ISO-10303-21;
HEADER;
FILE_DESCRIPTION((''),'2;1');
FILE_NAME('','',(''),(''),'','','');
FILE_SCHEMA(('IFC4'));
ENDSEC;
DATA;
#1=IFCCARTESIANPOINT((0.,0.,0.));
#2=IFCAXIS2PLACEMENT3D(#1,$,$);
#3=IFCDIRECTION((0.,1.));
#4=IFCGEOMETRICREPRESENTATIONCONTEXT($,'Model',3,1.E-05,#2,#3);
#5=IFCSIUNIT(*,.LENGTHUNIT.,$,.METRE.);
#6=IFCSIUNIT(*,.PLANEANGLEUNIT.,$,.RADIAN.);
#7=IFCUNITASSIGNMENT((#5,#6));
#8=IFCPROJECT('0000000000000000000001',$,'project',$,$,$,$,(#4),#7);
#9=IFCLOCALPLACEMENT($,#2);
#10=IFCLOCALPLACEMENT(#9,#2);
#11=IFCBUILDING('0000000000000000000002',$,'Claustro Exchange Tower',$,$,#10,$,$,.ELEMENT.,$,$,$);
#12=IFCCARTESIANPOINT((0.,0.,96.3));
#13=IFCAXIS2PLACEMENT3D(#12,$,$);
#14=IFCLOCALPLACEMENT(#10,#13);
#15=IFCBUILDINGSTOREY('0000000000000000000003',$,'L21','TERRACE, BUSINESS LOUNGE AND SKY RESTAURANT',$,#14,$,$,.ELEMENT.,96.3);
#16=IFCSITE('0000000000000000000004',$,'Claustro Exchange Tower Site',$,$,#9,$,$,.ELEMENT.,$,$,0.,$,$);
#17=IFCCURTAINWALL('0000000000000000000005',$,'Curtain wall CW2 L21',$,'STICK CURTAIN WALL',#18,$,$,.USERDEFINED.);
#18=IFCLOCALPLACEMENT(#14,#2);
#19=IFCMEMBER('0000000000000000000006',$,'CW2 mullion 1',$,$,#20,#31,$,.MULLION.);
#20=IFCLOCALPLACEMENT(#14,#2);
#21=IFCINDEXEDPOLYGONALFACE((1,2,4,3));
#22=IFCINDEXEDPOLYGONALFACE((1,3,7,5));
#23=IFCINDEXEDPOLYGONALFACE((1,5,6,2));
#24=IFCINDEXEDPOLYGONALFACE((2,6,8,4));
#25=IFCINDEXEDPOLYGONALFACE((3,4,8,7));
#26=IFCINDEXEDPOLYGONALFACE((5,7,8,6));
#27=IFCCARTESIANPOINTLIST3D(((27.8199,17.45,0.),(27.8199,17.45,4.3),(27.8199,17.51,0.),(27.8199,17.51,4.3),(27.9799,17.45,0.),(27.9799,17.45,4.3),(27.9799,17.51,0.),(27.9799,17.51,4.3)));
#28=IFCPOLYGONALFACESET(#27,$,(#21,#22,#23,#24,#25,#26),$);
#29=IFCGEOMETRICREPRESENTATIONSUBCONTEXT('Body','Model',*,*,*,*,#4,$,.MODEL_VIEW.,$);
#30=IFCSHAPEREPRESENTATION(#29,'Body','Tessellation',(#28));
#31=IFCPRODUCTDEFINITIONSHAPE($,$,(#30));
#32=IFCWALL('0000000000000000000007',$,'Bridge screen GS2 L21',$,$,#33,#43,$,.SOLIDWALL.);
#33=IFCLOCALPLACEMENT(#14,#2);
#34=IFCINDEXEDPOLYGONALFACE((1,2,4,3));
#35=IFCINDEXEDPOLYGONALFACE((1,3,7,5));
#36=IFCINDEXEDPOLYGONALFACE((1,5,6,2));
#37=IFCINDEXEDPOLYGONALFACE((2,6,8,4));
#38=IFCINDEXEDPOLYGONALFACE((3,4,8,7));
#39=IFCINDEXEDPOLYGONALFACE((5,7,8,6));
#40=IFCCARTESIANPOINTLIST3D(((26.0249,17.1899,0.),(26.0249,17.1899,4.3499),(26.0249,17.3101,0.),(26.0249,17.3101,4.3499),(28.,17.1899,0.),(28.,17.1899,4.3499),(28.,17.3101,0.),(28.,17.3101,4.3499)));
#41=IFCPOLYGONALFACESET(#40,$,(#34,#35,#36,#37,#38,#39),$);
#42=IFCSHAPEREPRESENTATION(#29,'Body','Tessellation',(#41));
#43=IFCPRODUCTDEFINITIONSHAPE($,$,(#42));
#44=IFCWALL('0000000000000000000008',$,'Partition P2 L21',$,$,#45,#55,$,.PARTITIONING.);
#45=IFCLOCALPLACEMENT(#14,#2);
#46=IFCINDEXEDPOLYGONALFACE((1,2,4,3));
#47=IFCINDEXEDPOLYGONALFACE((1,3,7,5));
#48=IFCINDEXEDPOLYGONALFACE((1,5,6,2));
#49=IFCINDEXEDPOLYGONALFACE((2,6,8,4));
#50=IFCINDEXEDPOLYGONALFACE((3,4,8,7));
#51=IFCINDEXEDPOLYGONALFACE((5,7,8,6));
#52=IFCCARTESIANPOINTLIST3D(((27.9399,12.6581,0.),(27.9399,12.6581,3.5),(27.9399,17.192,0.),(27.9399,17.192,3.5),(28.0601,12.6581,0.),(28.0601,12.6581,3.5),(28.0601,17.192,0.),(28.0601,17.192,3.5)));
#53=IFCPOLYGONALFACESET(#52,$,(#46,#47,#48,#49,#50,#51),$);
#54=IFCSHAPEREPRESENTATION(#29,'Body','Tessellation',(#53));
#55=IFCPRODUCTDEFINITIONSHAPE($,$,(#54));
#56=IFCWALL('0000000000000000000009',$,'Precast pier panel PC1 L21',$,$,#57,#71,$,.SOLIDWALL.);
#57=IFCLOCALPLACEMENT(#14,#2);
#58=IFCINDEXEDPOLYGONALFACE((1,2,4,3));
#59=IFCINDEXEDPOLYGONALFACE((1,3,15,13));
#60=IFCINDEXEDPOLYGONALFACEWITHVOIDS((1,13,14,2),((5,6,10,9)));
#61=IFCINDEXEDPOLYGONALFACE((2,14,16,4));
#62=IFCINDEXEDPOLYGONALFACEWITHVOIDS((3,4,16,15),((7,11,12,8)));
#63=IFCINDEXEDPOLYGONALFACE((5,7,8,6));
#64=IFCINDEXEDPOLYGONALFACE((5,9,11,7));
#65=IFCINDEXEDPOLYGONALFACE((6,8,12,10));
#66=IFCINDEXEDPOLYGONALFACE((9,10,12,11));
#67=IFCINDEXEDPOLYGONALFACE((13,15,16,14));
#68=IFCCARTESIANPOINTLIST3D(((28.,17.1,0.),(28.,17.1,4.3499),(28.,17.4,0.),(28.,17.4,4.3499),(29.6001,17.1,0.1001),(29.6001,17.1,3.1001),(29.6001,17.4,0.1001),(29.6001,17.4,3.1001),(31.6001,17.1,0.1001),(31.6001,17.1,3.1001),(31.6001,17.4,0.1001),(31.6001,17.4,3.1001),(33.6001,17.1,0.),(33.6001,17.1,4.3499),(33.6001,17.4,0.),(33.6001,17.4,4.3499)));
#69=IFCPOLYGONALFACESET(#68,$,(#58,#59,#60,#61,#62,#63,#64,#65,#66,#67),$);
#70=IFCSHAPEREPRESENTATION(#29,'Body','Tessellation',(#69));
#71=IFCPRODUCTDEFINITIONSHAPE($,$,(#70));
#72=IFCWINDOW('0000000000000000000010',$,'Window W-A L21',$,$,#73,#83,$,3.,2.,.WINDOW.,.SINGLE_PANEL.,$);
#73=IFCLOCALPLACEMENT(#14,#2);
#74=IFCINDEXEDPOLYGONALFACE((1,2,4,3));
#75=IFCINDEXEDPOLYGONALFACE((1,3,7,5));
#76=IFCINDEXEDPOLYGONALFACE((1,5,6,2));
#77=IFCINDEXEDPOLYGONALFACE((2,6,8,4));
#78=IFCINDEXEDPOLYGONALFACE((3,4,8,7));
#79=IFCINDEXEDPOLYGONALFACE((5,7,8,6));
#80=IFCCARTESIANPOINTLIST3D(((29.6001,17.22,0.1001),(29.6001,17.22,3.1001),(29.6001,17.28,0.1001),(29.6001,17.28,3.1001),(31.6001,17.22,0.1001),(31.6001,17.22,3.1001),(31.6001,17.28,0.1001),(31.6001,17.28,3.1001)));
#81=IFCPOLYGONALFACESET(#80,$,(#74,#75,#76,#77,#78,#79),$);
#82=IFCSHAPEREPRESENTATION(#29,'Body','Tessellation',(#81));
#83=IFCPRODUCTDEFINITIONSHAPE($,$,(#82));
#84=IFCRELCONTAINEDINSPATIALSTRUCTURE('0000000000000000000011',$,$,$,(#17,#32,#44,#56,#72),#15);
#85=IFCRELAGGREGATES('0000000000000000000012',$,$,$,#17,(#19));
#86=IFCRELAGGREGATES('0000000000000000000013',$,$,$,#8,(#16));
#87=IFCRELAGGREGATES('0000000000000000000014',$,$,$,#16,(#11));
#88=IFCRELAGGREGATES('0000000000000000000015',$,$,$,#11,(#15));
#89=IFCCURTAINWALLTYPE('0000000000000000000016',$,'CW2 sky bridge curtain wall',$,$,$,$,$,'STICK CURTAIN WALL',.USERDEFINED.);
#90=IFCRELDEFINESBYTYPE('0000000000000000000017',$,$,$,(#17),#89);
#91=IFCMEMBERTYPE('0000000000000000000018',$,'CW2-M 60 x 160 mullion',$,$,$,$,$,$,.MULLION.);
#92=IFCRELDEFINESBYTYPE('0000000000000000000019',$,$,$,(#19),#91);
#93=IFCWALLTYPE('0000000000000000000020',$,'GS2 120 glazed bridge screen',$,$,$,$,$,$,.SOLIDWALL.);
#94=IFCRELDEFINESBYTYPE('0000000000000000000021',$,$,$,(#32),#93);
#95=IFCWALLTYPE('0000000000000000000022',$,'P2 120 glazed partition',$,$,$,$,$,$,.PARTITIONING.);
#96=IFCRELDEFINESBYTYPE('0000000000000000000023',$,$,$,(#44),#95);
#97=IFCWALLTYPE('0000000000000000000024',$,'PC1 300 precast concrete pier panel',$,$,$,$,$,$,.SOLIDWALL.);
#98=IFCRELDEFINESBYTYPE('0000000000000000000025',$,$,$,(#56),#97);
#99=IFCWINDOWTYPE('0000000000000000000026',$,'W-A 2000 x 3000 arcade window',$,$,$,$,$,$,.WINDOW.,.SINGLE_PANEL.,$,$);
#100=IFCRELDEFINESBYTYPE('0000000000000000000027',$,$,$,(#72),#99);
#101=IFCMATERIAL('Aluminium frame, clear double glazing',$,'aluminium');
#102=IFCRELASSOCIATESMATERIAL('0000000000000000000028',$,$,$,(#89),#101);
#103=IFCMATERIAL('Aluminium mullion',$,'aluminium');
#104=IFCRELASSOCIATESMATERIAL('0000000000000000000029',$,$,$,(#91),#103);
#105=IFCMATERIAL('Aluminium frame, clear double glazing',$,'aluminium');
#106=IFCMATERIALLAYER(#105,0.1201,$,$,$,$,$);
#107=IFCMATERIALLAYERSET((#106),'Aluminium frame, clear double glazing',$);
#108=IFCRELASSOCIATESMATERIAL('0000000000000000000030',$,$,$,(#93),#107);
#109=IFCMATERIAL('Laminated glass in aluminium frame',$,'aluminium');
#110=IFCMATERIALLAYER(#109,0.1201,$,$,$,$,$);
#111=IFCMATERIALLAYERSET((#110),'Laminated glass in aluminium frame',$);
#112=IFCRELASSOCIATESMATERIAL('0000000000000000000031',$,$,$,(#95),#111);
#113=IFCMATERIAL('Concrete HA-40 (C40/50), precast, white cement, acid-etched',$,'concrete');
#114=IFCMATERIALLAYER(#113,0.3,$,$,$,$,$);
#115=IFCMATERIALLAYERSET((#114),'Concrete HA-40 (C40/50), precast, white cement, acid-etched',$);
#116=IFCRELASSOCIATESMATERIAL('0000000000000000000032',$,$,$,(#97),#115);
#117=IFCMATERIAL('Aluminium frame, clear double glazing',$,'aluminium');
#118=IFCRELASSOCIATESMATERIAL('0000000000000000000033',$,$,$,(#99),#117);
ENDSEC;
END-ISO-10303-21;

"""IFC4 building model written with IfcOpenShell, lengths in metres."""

from ifc_helpers import new_model, si_unit, direction, frame, frame_2d, origin, origin_2d, place, context, subcontext, project, spatial, rectangle, extrude, material, layer, layer_set, material_profile, profile_set, type_object, element, fill, aggregate, save


model = new_model("IFC4")

# Units and contexts
model_context = context("Model", 3, precision=1e-05, world=origin(), true_north=direction((0.0, 1.0)))
body_context = subcontext(model_context, "Body", "Model", "MODEL_VIEW")
ifc_project = project(units=[si_unit("LENGTHUNIT", "METRE"), si_unit("PLANEANGLEUNIT", "RADIAN")], contexts=[model_context])

# Site, building, storey
site_placement = place(None, origin())
site = spatial("IfcSite", under=ifc_project, at=site_placement, Name="Claustro Exchange Tower Site", CompositionType="ELEMENT", RefElevation=0.0)
building_placement = place(site_placement, origin())
building = spatial("IfcBuilding", under=site, at=building_placement, Name="Claustro Exchange Tower", CompositionType="ELEMENT")
storey_placement = place(building_placement, frame((0.0, 0.0, 96.3)))
storey = spatial("IfcBuildingStorey", under=building, at=storey_placement, Name="L21", Description="TERRACE, BUSINESS LOUNGE AND SKY RESTAURANT", CompositionType="ELEMENT", Elevation=96.3)

# Curtain wall, member
ifc_material_1 = material(Name="Aluminium frame, clear double glazing", Category="aluminium")
curtain_wall_type = type_object("IfcCurtainWallType", Name="CW2 sky bridge curtain wall", ElementType="STICK CURTAIN WALL", PredefinedType="USERDEFINED", material=ifc_material_1)
curtain_wall_placement = place(storey_placement, origin())
curtain_wall = element("IfcCurtainWall", 1, at=curtain_wall_placement, inside=storey, type_object=curtain_wall_type, Name="Curtain wall CW2 L21", ObjectType="STICK CURTAIN WALL", PredefinedType="USERDEFINED")
ifc_material_2 = material(Name="Aluminium mullion", Category="aluminium")
ifc_material_profile_1 = material_profile(ifc_material_2, rectangle(XDim=0.1599, YDim=0.0601, at=origin_2d()), Name="CW2-M 60x160")
ifc_profile_set_1 = profile_set([ifc_material_profile_1], Name="Aluminium mullion")
member_type = type_object("IfcMemberType", Name="CW2-M 60 x 160 mullion", PredefinedType="MULLION", material=ifc_profile_set_1)
member_placement = place(storey_placement, frame((27.8999, 17.48, 0.0), z_axis=(0.0, 0.0, 1.0), x_axis=(-1.0, 0.0, 0.0)))
member = element("IfcMember", 2, at=member_placement, type_object=member_type, Name="CW2 mullion 1", PredefinedType="MULLION", context=body_context, shape_type="SweptSolid", body=[
    extrude(rectangle(XDim=0.1599, YDim=0.0601, at=origin_2d()), origin(), (0.0, 0.0, 1.0), 4.3),
])
aggregate(curtain_wall, [member])

# Walls
ifc_material_3 = material(Name="Aluminium frame, clear double glazing", Category="aluminium")
ifc_layer_1 = layer(ifc_material_3, 0.1201)
ifc_layer_set_1 = layer_set([ifc_layer_1], Name="Aluminium frame, clear double glazing")
wall_type_1 = type_object("IfcWallType", Name="GS2 120 glazed bridge screen", PredefinedType="SOLIDWALL", material=ifc_layer_set_1)
wall_1_placement = place(storey_placement, frame((26.0249, 17.25, 0.0), z_axis=(0.0, 0.0, 1.0), x_axis=(1.0, 0.0, 0.0)))
element("IfcWall", 3, at=wall_1_placement, inside=storey, type_object=wall_type_1, Name="Bridge screen GS2 L21", PredefinedType="SOLIDWALL", context=body_context, shape_type="SweptSolid", body=[
    extrude(rectangle(XDim=1.9751, YDim=0.1201, at=frame_2d((0.9875, 0.0))), origin(), (0.0, 0.0, 1.0), 4.3499),
])
ifc_material_4 = material(Name="Laminated glass in aluminium frame", Category="aluminium")
ifc_layer_2 = layer(ifc_material_4, 0.1201)
ifc_layer_set_2 = layer_set([ifc_layer_2], Name="Laminated glass in aluminium frame")
wall_type_2 = type_object("IfcWallType", Name="P2 120 glazed partition", PredefinedType="PARTITIONING", material=ifc_layer_set_2)
wall_2_placement = place(storey_placement, frame((28.0, 12.658, 0.0), z_axis=(0.0, 0.0, 1.0), x_axis=(0.0, 1.0, 0.0)))
element("IfcWall", 4, at=wall_2_placement, inside=storey, type_object=wall_type_2, Name="Partition P2 L21", PredefinedType="PARTITIONING", context=body_context, shape_type="SweptSolid", body=[
    extrude(rectangle(XDim=4.5339, YDim=0.1201, at=frame_2d((2.2671, 0.0))), origin(), (0.0, 0.0, 1.0), 3.5),
])

# Wall, opening, window
ifc_material_5 = material(Name="Concrete HA-40 (C40/50), precast, white cement, acid-etched", Category="concrete")
ifc_layer_3 = layer(ifc_material_5, 0.3)
ifc_layer_set_3 = layer_set([ifc_layer_3], Name="Concrete HA-40 (C40/50), precast, white cement, acid-etched")
wall_type_3 = type_object("IfcWallType", Name="PC1 300 precast concrete pier panel", PredefinedType="SOLIDWALL", material=ifc_layer_set_3)
wall_3_placement = place(storey_placement, frame((28.0, 17.25, 0.0), z_axis=(0.0, 0.0, 1.0), x_axis=(1.0, 0.0, 0.0)))
wall_3 = element("IfcWall", 5, at=wall_3_placement, inside=storey, type_object=wall_type_3, Name="Precast pier panel PC1 L21", PredefinedType="SOLIDWALL", context=body_context, shape_type="SweptSolid", body=[
    extrude(rectangle(XDim=5.6001, YDim=0.3, at=frame_2d((2.8, 0.0))), origin(), (0.0, 0.0, 1.0), 4.3499),
])
opening_1_placement = place(wall_3_placement, frame((1.6001, 0.0, 0.1001)))
opening_1 = element("IfcOpeningElement", 6, at=opening_1_placement, cuts=wall_3, PredefinedType="OPENING", context=body_context, shape_type="SweptSolid", body=[
    extrude(rectangle(XDim=2.0, YDim=3.0, at=frame_2d((1.0, 1.5))), frame((0.0, 0.1599, 0.0), z_axis=(0.0, -1.0, 0.0), x_axis=(1.0, 0.0, 0.0)), (0.0, 0.0, 1.0), 0.3201),
])
ifc_material_6 = material(Name="Aluminium frame, clear double glazing", Category="aluminium")
window_type = type_object("IfcWindowType", Name="W-A 2000 x 3000 arcade window", PartitioningType="SINGLE_PANEL", PredefinedType="WINDOW", material=ifc_material_6)
window_placement = place(opening_1_placement, origin())
window = element("IfcWindow", 7, at=window_placement, inside=storey, type_object=window_type, Name="Window W-A L21", OverallHeight=3.0, OverallWidth=2.0, PartitioningType="SINGLE_PANEL", PredefinedType="WINDOW", context=body_context, shape_type="SweptSolid", body=[
    extrude(rectangle(XDim=2.0, YDim=3.0, at=frame_2d((1.0, 1.5))), frame((0.0, 0.03, 0.0), z_axis=(0.0, -1.0, 0.0), x_axis=(1.0, 0.0, 0.0)), (0.0, 0.0, 1.0), 0.0601),
])
fill(opening_1, window)

save(model, "model.ifc")
